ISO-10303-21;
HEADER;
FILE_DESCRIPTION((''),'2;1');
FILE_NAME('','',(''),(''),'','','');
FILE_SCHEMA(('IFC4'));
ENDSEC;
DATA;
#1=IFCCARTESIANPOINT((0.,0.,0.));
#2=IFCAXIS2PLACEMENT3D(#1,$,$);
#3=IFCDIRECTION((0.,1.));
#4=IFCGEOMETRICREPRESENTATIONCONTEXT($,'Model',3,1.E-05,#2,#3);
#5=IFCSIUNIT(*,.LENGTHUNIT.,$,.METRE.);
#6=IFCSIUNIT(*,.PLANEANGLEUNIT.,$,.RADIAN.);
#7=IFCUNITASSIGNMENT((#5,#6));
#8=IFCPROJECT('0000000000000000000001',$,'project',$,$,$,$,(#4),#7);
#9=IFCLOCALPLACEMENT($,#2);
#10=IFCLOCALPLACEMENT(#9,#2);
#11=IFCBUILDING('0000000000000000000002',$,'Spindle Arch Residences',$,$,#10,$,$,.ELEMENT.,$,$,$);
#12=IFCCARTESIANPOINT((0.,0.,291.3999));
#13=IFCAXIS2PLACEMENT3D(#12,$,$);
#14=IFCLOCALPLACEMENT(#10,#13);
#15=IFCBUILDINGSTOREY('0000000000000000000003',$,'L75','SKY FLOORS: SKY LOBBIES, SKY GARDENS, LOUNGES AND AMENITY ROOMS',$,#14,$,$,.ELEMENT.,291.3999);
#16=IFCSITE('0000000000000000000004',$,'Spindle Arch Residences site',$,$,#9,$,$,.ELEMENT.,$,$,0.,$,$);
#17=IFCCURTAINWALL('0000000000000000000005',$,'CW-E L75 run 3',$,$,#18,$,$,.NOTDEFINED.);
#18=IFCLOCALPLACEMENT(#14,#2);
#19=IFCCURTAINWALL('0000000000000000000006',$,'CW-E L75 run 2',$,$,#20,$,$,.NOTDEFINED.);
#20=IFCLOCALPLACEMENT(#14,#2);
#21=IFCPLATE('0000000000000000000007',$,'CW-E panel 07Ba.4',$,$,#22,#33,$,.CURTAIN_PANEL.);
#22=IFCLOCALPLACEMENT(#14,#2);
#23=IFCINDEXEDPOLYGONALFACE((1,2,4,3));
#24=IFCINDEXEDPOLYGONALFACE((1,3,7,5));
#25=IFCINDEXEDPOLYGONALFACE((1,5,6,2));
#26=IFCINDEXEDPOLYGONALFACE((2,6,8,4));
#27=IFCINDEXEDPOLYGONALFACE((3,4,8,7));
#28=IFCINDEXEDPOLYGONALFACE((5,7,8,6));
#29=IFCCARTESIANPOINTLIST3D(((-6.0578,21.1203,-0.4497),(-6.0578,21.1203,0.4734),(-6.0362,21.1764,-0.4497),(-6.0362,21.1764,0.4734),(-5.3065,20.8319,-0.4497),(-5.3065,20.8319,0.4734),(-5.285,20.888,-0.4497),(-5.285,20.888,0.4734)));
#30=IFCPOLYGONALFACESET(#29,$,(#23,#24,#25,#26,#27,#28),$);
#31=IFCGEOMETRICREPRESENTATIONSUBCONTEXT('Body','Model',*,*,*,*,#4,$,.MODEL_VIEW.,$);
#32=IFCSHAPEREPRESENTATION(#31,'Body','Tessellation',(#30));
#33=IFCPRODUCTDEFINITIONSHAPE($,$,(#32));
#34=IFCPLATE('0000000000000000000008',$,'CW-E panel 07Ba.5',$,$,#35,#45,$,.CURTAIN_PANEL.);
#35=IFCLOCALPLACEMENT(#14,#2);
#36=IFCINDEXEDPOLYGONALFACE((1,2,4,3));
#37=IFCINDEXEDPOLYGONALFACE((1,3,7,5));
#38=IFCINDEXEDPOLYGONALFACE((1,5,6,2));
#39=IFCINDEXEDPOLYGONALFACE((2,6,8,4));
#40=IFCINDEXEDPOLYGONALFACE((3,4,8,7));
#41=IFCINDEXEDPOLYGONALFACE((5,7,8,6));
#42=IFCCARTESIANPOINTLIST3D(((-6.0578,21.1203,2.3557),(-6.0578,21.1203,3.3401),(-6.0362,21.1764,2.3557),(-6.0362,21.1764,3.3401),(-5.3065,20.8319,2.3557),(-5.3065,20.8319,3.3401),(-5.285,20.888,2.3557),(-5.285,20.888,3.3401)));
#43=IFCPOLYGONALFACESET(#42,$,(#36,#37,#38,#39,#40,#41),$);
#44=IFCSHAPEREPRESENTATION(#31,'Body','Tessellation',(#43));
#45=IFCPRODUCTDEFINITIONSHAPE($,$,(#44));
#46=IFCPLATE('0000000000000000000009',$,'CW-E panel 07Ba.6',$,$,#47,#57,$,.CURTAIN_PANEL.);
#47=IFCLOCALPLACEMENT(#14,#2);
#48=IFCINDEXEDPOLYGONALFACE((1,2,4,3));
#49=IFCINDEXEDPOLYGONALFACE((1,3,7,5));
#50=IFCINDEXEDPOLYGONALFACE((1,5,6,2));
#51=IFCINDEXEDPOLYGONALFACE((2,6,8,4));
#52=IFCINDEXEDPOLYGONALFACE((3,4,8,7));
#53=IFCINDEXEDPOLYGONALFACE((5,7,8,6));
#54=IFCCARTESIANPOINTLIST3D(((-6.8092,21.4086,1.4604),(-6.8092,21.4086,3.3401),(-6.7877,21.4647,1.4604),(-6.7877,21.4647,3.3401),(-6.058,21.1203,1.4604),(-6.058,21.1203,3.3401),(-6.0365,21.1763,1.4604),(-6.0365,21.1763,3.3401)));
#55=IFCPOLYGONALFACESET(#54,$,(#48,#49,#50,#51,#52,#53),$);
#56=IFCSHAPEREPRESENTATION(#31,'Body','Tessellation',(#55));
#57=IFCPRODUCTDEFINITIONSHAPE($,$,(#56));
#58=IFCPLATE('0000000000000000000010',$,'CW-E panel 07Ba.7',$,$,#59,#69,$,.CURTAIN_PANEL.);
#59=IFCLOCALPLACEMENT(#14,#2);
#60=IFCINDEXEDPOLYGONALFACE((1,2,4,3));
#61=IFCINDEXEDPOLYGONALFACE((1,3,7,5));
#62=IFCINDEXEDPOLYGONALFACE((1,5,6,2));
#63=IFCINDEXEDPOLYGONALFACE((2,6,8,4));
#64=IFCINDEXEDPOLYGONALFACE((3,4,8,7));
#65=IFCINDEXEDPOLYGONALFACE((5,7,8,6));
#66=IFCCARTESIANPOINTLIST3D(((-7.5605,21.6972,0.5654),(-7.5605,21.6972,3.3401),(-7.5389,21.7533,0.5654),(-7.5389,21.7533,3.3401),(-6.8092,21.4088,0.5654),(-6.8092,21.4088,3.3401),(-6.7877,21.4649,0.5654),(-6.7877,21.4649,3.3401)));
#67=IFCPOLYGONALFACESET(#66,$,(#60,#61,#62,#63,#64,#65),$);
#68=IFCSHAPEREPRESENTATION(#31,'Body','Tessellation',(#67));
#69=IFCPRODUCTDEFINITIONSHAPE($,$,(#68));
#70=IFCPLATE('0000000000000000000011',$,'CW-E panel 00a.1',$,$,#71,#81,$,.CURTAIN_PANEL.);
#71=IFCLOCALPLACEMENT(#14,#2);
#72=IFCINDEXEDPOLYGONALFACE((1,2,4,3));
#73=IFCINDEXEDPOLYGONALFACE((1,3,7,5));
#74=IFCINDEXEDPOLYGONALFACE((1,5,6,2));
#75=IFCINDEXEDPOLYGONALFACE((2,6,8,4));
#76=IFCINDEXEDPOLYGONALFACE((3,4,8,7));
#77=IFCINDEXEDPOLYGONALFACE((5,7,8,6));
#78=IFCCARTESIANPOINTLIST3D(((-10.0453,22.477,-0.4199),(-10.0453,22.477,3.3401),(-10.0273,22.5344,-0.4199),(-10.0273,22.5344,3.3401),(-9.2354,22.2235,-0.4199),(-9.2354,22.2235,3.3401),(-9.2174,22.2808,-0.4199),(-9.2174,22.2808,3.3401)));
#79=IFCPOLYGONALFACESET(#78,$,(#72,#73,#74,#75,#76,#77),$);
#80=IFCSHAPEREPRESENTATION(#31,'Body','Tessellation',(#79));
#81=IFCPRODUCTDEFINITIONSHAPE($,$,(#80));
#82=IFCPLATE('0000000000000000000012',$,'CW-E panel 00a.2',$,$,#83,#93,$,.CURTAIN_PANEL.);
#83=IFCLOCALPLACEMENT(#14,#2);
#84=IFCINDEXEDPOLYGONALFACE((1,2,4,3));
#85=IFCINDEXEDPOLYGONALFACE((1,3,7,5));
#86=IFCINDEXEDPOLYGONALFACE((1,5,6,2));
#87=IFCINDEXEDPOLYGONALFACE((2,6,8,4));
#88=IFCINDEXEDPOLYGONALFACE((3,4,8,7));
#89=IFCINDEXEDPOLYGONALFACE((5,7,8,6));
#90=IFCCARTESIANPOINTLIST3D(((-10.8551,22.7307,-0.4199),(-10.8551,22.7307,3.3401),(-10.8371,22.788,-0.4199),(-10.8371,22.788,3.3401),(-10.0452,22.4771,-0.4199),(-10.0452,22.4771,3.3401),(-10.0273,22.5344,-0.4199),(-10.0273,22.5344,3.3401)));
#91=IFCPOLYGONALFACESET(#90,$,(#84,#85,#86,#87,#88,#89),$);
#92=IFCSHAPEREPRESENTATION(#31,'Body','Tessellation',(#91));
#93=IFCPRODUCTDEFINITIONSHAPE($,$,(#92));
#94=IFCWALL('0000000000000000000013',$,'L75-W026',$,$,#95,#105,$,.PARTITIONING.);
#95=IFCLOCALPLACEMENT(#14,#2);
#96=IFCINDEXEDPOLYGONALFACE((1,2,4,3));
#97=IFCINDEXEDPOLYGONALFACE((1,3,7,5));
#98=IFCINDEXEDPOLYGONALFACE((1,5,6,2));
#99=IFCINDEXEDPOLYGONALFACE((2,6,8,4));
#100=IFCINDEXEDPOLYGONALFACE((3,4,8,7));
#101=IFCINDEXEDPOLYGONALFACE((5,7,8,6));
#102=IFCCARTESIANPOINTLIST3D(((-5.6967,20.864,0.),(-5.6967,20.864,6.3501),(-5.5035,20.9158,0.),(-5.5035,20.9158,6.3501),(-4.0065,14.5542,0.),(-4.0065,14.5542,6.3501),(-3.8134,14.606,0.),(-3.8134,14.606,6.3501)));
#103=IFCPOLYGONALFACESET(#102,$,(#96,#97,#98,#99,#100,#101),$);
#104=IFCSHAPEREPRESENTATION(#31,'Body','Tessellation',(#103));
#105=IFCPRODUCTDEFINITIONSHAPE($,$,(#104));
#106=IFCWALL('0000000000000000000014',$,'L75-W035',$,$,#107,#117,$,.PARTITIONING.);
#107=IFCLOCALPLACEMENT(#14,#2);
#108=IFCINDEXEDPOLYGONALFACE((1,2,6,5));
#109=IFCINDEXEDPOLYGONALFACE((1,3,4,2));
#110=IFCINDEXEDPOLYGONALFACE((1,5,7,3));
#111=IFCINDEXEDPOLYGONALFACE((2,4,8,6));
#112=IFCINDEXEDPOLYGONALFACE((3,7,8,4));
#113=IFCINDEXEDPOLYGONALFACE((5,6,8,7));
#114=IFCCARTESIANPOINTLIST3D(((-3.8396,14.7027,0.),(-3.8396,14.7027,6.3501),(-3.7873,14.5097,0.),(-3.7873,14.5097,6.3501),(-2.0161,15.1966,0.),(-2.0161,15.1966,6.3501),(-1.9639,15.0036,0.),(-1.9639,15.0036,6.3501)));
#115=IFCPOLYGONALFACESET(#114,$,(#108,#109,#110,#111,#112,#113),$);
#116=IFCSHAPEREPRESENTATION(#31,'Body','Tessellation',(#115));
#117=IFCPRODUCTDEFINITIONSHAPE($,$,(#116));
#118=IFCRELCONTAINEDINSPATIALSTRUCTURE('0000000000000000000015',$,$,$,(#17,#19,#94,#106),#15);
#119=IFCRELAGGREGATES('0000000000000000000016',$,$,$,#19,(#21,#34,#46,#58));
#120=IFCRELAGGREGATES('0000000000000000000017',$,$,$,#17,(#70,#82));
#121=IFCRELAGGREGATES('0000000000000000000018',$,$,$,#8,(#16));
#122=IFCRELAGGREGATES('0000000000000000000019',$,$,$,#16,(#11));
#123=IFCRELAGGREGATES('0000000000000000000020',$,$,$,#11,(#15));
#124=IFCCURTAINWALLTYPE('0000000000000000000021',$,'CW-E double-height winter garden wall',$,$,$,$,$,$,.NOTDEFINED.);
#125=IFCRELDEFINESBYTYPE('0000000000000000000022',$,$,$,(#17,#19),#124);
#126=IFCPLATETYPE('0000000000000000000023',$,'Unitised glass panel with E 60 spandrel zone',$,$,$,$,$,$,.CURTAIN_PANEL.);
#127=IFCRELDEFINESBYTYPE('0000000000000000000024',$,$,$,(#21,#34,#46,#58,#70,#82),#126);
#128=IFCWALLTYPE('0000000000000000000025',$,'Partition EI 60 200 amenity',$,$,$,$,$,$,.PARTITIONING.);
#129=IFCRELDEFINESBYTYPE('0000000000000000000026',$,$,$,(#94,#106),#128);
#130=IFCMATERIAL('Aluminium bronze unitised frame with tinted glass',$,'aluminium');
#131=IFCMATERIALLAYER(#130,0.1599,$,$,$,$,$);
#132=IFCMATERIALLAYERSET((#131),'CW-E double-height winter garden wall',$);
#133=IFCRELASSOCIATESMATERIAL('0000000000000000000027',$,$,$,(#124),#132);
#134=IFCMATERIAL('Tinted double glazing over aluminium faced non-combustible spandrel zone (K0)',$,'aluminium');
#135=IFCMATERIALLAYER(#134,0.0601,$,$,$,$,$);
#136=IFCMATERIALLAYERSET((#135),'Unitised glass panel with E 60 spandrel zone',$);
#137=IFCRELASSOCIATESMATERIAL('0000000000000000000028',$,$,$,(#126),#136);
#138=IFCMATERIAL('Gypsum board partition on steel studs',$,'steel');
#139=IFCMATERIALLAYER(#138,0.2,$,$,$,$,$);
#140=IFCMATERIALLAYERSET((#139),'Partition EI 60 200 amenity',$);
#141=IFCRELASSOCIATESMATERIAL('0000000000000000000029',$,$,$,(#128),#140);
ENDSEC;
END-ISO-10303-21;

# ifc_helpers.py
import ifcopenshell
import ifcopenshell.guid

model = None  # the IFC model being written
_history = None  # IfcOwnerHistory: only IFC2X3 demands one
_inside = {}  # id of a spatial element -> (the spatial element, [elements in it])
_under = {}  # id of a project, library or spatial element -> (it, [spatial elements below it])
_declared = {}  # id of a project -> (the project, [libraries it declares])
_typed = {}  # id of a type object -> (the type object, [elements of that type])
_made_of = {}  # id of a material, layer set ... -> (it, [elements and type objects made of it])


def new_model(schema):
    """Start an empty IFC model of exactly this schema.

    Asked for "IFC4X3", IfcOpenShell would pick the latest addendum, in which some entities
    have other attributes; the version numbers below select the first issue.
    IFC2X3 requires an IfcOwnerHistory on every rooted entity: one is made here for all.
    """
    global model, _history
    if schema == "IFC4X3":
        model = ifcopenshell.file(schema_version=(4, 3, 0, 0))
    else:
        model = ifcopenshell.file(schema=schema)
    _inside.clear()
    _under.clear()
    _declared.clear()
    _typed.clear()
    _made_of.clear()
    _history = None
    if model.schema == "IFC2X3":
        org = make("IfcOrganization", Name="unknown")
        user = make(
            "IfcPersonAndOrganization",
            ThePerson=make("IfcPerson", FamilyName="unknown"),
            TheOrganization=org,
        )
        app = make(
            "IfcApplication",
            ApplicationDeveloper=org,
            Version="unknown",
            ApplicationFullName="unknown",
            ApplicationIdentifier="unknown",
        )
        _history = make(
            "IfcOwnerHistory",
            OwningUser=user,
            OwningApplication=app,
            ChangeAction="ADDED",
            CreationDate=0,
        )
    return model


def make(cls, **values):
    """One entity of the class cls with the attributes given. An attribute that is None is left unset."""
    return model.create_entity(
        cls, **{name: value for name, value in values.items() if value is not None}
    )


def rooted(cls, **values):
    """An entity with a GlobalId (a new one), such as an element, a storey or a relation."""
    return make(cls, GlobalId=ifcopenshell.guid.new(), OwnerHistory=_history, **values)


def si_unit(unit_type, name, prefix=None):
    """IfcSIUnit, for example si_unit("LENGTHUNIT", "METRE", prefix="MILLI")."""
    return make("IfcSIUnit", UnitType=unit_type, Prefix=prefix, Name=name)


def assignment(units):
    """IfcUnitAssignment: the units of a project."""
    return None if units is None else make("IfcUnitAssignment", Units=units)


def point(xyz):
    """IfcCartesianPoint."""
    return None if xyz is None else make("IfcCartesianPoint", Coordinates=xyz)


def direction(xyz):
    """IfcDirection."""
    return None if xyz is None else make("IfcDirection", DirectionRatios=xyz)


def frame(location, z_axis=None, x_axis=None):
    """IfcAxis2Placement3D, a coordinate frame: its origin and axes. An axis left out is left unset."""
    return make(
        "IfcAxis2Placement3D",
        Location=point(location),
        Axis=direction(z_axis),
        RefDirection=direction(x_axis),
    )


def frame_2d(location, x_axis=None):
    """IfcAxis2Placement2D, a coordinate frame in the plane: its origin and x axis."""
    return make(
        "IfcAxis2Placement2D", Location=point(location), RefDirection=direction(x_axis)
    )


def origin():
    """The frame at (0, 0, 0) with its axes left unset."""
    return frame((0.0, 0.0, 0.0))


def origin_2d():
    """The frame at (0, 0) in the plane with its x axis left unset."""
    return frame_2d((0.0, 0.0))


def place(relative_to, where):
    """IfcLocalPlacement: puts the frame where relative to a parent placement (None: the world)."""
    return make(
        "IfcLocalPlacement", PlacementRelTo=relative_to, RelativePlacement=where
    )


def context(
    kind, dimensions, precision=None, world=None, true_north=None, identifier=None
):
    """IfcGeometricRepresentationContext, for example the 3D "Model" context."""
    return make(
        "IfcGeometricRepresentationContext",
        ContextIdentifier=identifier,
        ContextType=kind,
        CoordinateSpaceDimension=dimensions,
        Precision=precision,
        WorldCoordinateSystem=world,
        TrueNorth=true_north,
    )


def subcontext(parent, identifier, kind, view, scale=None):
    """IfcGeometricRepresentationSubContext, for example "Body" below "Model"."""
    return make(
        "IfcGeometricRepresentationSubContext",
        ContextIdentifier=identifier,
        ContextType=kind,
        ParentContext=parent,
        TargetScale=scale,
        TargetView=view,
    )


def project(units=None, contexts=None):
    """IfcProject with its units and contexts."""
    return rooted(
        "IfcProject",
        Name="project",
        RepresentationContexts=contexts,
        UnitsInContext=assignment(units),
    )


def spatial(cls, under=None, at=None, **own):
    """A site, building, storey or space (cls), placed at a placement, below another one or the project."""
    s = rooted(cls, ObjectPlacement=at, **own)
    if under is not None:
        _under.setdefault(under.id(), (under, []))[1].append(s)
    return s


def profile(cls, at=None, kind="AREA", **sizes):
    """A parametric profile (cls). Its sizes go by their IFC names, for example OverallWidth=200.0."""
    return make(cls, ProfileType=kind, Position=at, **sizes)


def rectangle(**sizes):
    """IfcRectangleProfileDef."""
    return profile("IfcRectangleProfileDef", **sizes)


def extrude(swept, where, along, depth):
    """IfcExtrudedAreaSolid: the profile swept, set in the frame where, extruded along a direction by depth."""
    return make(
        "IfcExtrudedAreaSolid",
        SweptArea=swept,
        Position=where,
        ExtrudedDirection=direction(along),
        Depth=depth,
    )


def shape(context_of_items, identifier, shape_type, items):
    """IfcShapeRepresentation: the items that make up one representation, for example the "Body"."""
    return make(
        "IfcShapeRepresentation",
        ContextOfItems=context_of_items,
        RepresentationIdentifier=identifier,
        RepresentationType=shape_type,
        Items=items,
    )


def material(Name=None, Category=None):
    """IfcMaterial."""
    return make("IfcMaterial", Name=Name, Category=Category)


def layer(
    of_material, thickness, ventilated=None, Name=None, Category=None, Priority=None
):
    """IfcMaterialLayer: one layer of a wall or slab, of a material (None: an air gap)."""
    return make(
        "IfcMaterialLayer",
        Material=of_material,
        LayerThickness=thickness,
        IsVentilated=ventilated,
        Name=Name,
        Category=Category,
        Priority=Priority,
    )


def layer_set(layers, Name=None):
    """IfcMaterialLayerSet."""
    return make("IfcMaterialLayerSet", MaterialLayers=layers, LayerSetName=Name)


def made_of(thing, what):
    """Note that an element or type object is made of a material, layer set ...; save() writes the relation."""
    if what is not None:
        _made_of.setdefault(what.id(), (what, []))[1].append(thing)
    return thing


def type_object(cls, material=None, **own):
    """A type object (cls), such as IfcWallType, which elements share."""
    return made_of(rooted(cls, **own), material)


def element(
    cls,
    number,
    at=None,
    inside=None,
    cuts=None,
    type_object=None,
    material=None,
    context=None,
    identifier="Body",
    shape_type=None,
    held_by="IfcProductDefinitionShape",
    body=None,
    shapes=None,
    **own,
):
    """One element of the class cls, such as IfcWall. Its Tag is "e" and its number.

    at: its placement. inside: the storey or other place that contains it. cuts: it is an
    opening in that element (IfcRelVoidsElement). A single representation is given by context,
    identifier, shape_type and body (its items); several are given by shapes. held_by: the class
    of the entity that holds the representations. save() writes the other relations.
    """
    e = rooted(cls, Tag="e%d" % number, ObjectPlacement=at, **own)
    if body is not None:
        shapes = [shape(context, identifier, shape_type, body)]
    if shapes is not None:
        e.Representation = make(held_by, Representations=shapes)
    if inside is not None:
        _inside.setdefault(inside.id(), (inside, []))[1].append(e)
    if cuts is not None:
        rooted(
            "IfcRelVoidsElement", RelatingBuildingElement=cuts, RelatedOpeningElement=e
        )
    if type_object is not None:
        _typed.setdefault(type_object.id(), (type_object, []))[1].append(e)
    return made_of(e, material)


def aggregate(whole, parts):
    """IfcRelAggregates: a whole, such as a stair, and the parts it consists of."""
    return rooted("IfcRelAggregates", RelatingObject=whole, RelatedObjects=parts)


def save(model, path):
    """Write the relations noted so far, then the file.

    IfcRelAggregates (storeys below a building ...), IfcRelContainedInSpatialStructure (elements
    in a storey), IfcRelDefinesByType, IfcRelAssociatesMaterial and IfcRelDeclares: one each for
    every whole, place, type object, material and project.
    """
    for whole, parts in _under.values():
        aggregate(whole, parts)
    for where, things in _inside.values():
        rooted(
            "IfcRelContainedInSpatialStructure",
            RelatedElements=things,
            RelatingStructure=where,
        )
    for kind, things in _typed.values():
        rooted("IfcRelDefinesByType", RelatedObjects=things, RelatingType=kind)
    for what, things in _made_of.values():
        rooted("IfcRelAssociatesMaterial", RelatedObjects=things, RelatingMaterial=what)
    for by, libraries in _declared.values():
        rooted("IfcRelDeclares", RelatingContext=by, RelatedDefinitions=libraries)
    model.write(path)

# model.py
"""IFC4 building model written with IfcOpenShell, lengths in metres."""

from ifc_helpers import new_model, si_unit, direction, frame, frame_2d, origin, origin_2d, place, context, subcontext, project, spatial, rectangle, extrude, material, layer, layer_set, type_object, element, aggregate, save


model = new_model("IFC4")

# Units and contexts
model_context = context("Model", 3, precision=1e-05, world=origin(), true_north=direction((0.0, 1.0)))
body_context = subcontext(model_context, "Body", "Model", "MODEL_VIEW")
ifc_project = project(units=[si_unit("LENGTHUNIT", "METRE"), si_unit("PLANEANGLEUNIT", "RADIAN")], contexts=[model_context])

# Site, building, storey
site_placement = place(None, origin())
site = spatial("IfcSite", under=ifc_project, at=site_placement, Name="Spindle Arch Residences site", CompositionType="ELEMENT", RefElevation=0.0)
building_placement = place(site_placement, origin())
building = spatial("IfcBuilding", under=site, at=building_placement, Name="Spindle Arch Residences", CompositionType="ELEMENT")
storey_placement = place(building_placement, frame((0.0, 0.0, 291.3999)))
storey = spatial("IfcBuildingStorey", under=building, at=storey_placement, Name="L75", Description="SKY FLOORS: SKY LOBBIES, SKY GARDENS, LOUNGES AND AMENITY ROOMS", CompositionType="ELEMENT", Elevation=291.3999)

# Curtain wall
ifc_material_1 = material(Name="Aluminium bronze unitised frame with tinted glass", Category="aluminium")
ifc_layer_1 = layer(ifc_material_1, 0.1599)
ifc_layer_set_1 = layer_set([ifc_layer_1], Name="CW-E double-height winter garden wall")
curtain_wall_type = type_object("IfcCurtainWallType", Name="CW-E double-height winter garden wall", PredefinedType="NOTDEFINED", material=ifc_layer_set_1)
curtain_wall_1_placement = place(storey_placement, origin())
curtain_wall_1 = element("IfcCurtainWall", 1, at=curtain_wall_1_placement, inside=storey, type_object=curtain_wall_type, Name="CW-E L75 run 3", PredefinedType="NOTDEFINED")

# Curtain wall
curtain_wall_2_placement = place(storey_placement, origin())
curtain_wall_2 = element("IfcCurtainWall", 2, at=curtain_wall_2_placement, inside=storey, type_object=curtain_wall_type, Name="CW-E L75 run 2", PredefinedType="NOTDEFINED")

# Plates
ifc_material_2 = material(Name="Tinted double glazing over aluminium faced non-combustible spandrel zone (K0)", Category="aluminium")
ifc_layer_2 = layer(ifc_material_2, 0.0601)
ifc_layer_set_2 = layer_set([ifc_layer_2], Name="Unitised glass panel with E 60 spandrel zone")
plate_type_1 = type_object("IfcPlateType", Name="Unitised glass panel with E 60 spandrel zone", PredefinedType="CURTAIN_PANEL", material=ifc_layer_set_2)
plate_1_placement = place(storey_placement, frame((-5.6714, 21.0042, -0.4497), z_axis=(0.0, 0.0, 1.0), x_axis=(-0.93358, 0.358368, 0.0)))
plate_1 = element("IfcPlate", 3, at=plate_1_placement, type_object=plate_type_1, Name="CW-E panel 07Ba.4", PredefinedType="CURTAIN_PANEL", context=body_context, shape_type="SweptSolid", body=[
    extrude(rectangle(XDim=0.8047, YDim=0.0601, at=origin_2d()), origin(), (0.0, 0.0, 1.0), 0.9231),
])
plate_2_placement = place(storey_placement, frame((-5.6714, 21.0042, 2.3557), z_axis=(0.0, 0.0, 1.0), x_axis=(-0.93358, 0.358368, 0.0)))
plate_2 = element("IfcPlate", 4, at=plate_2_placement, type_object=plate_type_1, Name="CW-E panel 07Ba.5", PredefinedType="CURTAIN_PANEL", context=body_context, shape_type="SweptSolid", body=[
    extrude(rectangle(XDim=0.8047, YDim=0.0601, at=origin_2d()), origin(), (0.0, 0.0, 1.0), 0.9844),
])
plate_3_placement = place(storey_placement, frame((-6.4229, 21.2925, 1.4604), z_axis=(0.0, 0.0, 1.0), x_axis=(-0.93358, 0.358368, 0.0)))
plate_3 = element("IfcPlate", 5, at=plate_3_placement, type_object=plate_type_1, Name="CW-E panel 07Ba.6", PredefinedType="CURTAIN_PANEL", context=body_context, shape_type="SweptSolid", body=[
    extrude(rectangle(XDim=0.8047, YDim=0.0601, at=origin_2d()), origin(), (0.0, 0.0, 1.0), 1.8796),
])
plate_4_placement = place(storey_placement, frame((-7.1741, 21.5811, 0.5654), z_axis=(0.0, 0.0, 1.0), x_axis=(-0.93358, 0.358368, 0.0)))
plate_4 = element("IfcPlate", 6, at=plate_4_placement, type_object=plate_type_1, Name="CW-E panel 07Ba.7", PredefinedType="CURTAIN_PANEL", context=body_context, shape_type="SweptSolid", body=[
    extrude(rectangle(XDim=0.8047, YDim=0.0601, at=origin_2d()), origin(), (0.0, 0.0, 1.0), 2.7747),
])
aggregate(curtain_wall_2, [plate_1, plate_2, plate_3, plate_4])
plate_5_placement = place(storey_placement, frame((-9.6313, 22.3789, -0.4199), z_axis=(0.0, 0.0, 1.0), x_axis=(-0.954315, 0.298803, 0.0)))
plate_5 = element("IfcPlate", 7, at=plate_5_placement, type_object=plate_type_1, Name="CW-E panel 00a.1", PredefinedType="CURTAIN_PANEL", context=body_context, shape_type="SweptSolid", body=[
    extrude(rectangle(XDim=0.8486, YDim=0.0601, at=origin_2d()), origin(), (0.0, 0.0, 1.0), 3.76),
])
plate_6_placement = place(storey_placement, frame((-10.4412, 22.6326, -0.4199), z_axis=(0.0, 0.0, 1.0), x_axis=(-0.954315, 0.298803, 0.0)))
plate_6 = element("IfcPlate", 8, at=plate_6_placement, type_object=plate_type_1, Name="CW-E panel 00a.2", PredefinedType="CURTAIN_PANEL", context=body_context, shape_type="SweptSolid", body=[
    extrude(rectangle(XDim=0.8486, YDim=0.0601, at=origin_2d()), origin(), (0.0, 0.0, 1.0), 3.76),
])
aggregate(curtain_wall_1, [plate_5, plate_6])

# Walls
ifc_material_3 = material(Name="Gypsum board partition on steel studs", Category="steel")
ifc_layer_3 = layer(ifc_material_3, 0.2)
ifc_layer_set_3 = layer_set([ifc_layer_3], Name="Partition EI 60 200 amenity")
wall_type = type_object("IfcWallType", Name="Partition EI 60 200 amenity", PredefinedType="PARTITIONING", material=ifc_layer_set_3)
wall_1_placement = place(storey_placement, frame((-5.6001, 20.8899, 0.0), z_axis=(0.0, 0.0, 1.0), x_axis=(0.258744, -0.965946, 0.0)))
element("IfcWall", 9, at=wall_1_placement, inside=storey, type_object=wall_type, Name="L75-W026", PredefinedType="PARTITIONING", context=body_context, shape_type="SweptSolid", body=[
    extrude(rectangle(XDim=6.5322, YDim=0.2, at=frame_2d((3.2661, 0.0))), origin(), (0.0, 0.0, 1.0), 6.3501),
])
wall_2_placement = place(storey_placement, frame((-1.99, 15.1001, 0.0), z_axis=(0.0, 0.0, 1.0), x_axis=(-0.965222, -0.261433, 0.0)))
element("IfcWall", 10, at=wall_2_placement, inside=storey, type_object=wall_type, Name="L75-W035", PredefinedType="PARTITIONING", context=body_context, shape_type="SweptSolid", body=[
    extrude(rectangle(XDim=1.8892, YDim=0.2, at=frame_2d((0.9446, 0.0))), origin(), (0.0, 0.0, 1.0), 6.3501),
])

save(model, "model.ifc")
